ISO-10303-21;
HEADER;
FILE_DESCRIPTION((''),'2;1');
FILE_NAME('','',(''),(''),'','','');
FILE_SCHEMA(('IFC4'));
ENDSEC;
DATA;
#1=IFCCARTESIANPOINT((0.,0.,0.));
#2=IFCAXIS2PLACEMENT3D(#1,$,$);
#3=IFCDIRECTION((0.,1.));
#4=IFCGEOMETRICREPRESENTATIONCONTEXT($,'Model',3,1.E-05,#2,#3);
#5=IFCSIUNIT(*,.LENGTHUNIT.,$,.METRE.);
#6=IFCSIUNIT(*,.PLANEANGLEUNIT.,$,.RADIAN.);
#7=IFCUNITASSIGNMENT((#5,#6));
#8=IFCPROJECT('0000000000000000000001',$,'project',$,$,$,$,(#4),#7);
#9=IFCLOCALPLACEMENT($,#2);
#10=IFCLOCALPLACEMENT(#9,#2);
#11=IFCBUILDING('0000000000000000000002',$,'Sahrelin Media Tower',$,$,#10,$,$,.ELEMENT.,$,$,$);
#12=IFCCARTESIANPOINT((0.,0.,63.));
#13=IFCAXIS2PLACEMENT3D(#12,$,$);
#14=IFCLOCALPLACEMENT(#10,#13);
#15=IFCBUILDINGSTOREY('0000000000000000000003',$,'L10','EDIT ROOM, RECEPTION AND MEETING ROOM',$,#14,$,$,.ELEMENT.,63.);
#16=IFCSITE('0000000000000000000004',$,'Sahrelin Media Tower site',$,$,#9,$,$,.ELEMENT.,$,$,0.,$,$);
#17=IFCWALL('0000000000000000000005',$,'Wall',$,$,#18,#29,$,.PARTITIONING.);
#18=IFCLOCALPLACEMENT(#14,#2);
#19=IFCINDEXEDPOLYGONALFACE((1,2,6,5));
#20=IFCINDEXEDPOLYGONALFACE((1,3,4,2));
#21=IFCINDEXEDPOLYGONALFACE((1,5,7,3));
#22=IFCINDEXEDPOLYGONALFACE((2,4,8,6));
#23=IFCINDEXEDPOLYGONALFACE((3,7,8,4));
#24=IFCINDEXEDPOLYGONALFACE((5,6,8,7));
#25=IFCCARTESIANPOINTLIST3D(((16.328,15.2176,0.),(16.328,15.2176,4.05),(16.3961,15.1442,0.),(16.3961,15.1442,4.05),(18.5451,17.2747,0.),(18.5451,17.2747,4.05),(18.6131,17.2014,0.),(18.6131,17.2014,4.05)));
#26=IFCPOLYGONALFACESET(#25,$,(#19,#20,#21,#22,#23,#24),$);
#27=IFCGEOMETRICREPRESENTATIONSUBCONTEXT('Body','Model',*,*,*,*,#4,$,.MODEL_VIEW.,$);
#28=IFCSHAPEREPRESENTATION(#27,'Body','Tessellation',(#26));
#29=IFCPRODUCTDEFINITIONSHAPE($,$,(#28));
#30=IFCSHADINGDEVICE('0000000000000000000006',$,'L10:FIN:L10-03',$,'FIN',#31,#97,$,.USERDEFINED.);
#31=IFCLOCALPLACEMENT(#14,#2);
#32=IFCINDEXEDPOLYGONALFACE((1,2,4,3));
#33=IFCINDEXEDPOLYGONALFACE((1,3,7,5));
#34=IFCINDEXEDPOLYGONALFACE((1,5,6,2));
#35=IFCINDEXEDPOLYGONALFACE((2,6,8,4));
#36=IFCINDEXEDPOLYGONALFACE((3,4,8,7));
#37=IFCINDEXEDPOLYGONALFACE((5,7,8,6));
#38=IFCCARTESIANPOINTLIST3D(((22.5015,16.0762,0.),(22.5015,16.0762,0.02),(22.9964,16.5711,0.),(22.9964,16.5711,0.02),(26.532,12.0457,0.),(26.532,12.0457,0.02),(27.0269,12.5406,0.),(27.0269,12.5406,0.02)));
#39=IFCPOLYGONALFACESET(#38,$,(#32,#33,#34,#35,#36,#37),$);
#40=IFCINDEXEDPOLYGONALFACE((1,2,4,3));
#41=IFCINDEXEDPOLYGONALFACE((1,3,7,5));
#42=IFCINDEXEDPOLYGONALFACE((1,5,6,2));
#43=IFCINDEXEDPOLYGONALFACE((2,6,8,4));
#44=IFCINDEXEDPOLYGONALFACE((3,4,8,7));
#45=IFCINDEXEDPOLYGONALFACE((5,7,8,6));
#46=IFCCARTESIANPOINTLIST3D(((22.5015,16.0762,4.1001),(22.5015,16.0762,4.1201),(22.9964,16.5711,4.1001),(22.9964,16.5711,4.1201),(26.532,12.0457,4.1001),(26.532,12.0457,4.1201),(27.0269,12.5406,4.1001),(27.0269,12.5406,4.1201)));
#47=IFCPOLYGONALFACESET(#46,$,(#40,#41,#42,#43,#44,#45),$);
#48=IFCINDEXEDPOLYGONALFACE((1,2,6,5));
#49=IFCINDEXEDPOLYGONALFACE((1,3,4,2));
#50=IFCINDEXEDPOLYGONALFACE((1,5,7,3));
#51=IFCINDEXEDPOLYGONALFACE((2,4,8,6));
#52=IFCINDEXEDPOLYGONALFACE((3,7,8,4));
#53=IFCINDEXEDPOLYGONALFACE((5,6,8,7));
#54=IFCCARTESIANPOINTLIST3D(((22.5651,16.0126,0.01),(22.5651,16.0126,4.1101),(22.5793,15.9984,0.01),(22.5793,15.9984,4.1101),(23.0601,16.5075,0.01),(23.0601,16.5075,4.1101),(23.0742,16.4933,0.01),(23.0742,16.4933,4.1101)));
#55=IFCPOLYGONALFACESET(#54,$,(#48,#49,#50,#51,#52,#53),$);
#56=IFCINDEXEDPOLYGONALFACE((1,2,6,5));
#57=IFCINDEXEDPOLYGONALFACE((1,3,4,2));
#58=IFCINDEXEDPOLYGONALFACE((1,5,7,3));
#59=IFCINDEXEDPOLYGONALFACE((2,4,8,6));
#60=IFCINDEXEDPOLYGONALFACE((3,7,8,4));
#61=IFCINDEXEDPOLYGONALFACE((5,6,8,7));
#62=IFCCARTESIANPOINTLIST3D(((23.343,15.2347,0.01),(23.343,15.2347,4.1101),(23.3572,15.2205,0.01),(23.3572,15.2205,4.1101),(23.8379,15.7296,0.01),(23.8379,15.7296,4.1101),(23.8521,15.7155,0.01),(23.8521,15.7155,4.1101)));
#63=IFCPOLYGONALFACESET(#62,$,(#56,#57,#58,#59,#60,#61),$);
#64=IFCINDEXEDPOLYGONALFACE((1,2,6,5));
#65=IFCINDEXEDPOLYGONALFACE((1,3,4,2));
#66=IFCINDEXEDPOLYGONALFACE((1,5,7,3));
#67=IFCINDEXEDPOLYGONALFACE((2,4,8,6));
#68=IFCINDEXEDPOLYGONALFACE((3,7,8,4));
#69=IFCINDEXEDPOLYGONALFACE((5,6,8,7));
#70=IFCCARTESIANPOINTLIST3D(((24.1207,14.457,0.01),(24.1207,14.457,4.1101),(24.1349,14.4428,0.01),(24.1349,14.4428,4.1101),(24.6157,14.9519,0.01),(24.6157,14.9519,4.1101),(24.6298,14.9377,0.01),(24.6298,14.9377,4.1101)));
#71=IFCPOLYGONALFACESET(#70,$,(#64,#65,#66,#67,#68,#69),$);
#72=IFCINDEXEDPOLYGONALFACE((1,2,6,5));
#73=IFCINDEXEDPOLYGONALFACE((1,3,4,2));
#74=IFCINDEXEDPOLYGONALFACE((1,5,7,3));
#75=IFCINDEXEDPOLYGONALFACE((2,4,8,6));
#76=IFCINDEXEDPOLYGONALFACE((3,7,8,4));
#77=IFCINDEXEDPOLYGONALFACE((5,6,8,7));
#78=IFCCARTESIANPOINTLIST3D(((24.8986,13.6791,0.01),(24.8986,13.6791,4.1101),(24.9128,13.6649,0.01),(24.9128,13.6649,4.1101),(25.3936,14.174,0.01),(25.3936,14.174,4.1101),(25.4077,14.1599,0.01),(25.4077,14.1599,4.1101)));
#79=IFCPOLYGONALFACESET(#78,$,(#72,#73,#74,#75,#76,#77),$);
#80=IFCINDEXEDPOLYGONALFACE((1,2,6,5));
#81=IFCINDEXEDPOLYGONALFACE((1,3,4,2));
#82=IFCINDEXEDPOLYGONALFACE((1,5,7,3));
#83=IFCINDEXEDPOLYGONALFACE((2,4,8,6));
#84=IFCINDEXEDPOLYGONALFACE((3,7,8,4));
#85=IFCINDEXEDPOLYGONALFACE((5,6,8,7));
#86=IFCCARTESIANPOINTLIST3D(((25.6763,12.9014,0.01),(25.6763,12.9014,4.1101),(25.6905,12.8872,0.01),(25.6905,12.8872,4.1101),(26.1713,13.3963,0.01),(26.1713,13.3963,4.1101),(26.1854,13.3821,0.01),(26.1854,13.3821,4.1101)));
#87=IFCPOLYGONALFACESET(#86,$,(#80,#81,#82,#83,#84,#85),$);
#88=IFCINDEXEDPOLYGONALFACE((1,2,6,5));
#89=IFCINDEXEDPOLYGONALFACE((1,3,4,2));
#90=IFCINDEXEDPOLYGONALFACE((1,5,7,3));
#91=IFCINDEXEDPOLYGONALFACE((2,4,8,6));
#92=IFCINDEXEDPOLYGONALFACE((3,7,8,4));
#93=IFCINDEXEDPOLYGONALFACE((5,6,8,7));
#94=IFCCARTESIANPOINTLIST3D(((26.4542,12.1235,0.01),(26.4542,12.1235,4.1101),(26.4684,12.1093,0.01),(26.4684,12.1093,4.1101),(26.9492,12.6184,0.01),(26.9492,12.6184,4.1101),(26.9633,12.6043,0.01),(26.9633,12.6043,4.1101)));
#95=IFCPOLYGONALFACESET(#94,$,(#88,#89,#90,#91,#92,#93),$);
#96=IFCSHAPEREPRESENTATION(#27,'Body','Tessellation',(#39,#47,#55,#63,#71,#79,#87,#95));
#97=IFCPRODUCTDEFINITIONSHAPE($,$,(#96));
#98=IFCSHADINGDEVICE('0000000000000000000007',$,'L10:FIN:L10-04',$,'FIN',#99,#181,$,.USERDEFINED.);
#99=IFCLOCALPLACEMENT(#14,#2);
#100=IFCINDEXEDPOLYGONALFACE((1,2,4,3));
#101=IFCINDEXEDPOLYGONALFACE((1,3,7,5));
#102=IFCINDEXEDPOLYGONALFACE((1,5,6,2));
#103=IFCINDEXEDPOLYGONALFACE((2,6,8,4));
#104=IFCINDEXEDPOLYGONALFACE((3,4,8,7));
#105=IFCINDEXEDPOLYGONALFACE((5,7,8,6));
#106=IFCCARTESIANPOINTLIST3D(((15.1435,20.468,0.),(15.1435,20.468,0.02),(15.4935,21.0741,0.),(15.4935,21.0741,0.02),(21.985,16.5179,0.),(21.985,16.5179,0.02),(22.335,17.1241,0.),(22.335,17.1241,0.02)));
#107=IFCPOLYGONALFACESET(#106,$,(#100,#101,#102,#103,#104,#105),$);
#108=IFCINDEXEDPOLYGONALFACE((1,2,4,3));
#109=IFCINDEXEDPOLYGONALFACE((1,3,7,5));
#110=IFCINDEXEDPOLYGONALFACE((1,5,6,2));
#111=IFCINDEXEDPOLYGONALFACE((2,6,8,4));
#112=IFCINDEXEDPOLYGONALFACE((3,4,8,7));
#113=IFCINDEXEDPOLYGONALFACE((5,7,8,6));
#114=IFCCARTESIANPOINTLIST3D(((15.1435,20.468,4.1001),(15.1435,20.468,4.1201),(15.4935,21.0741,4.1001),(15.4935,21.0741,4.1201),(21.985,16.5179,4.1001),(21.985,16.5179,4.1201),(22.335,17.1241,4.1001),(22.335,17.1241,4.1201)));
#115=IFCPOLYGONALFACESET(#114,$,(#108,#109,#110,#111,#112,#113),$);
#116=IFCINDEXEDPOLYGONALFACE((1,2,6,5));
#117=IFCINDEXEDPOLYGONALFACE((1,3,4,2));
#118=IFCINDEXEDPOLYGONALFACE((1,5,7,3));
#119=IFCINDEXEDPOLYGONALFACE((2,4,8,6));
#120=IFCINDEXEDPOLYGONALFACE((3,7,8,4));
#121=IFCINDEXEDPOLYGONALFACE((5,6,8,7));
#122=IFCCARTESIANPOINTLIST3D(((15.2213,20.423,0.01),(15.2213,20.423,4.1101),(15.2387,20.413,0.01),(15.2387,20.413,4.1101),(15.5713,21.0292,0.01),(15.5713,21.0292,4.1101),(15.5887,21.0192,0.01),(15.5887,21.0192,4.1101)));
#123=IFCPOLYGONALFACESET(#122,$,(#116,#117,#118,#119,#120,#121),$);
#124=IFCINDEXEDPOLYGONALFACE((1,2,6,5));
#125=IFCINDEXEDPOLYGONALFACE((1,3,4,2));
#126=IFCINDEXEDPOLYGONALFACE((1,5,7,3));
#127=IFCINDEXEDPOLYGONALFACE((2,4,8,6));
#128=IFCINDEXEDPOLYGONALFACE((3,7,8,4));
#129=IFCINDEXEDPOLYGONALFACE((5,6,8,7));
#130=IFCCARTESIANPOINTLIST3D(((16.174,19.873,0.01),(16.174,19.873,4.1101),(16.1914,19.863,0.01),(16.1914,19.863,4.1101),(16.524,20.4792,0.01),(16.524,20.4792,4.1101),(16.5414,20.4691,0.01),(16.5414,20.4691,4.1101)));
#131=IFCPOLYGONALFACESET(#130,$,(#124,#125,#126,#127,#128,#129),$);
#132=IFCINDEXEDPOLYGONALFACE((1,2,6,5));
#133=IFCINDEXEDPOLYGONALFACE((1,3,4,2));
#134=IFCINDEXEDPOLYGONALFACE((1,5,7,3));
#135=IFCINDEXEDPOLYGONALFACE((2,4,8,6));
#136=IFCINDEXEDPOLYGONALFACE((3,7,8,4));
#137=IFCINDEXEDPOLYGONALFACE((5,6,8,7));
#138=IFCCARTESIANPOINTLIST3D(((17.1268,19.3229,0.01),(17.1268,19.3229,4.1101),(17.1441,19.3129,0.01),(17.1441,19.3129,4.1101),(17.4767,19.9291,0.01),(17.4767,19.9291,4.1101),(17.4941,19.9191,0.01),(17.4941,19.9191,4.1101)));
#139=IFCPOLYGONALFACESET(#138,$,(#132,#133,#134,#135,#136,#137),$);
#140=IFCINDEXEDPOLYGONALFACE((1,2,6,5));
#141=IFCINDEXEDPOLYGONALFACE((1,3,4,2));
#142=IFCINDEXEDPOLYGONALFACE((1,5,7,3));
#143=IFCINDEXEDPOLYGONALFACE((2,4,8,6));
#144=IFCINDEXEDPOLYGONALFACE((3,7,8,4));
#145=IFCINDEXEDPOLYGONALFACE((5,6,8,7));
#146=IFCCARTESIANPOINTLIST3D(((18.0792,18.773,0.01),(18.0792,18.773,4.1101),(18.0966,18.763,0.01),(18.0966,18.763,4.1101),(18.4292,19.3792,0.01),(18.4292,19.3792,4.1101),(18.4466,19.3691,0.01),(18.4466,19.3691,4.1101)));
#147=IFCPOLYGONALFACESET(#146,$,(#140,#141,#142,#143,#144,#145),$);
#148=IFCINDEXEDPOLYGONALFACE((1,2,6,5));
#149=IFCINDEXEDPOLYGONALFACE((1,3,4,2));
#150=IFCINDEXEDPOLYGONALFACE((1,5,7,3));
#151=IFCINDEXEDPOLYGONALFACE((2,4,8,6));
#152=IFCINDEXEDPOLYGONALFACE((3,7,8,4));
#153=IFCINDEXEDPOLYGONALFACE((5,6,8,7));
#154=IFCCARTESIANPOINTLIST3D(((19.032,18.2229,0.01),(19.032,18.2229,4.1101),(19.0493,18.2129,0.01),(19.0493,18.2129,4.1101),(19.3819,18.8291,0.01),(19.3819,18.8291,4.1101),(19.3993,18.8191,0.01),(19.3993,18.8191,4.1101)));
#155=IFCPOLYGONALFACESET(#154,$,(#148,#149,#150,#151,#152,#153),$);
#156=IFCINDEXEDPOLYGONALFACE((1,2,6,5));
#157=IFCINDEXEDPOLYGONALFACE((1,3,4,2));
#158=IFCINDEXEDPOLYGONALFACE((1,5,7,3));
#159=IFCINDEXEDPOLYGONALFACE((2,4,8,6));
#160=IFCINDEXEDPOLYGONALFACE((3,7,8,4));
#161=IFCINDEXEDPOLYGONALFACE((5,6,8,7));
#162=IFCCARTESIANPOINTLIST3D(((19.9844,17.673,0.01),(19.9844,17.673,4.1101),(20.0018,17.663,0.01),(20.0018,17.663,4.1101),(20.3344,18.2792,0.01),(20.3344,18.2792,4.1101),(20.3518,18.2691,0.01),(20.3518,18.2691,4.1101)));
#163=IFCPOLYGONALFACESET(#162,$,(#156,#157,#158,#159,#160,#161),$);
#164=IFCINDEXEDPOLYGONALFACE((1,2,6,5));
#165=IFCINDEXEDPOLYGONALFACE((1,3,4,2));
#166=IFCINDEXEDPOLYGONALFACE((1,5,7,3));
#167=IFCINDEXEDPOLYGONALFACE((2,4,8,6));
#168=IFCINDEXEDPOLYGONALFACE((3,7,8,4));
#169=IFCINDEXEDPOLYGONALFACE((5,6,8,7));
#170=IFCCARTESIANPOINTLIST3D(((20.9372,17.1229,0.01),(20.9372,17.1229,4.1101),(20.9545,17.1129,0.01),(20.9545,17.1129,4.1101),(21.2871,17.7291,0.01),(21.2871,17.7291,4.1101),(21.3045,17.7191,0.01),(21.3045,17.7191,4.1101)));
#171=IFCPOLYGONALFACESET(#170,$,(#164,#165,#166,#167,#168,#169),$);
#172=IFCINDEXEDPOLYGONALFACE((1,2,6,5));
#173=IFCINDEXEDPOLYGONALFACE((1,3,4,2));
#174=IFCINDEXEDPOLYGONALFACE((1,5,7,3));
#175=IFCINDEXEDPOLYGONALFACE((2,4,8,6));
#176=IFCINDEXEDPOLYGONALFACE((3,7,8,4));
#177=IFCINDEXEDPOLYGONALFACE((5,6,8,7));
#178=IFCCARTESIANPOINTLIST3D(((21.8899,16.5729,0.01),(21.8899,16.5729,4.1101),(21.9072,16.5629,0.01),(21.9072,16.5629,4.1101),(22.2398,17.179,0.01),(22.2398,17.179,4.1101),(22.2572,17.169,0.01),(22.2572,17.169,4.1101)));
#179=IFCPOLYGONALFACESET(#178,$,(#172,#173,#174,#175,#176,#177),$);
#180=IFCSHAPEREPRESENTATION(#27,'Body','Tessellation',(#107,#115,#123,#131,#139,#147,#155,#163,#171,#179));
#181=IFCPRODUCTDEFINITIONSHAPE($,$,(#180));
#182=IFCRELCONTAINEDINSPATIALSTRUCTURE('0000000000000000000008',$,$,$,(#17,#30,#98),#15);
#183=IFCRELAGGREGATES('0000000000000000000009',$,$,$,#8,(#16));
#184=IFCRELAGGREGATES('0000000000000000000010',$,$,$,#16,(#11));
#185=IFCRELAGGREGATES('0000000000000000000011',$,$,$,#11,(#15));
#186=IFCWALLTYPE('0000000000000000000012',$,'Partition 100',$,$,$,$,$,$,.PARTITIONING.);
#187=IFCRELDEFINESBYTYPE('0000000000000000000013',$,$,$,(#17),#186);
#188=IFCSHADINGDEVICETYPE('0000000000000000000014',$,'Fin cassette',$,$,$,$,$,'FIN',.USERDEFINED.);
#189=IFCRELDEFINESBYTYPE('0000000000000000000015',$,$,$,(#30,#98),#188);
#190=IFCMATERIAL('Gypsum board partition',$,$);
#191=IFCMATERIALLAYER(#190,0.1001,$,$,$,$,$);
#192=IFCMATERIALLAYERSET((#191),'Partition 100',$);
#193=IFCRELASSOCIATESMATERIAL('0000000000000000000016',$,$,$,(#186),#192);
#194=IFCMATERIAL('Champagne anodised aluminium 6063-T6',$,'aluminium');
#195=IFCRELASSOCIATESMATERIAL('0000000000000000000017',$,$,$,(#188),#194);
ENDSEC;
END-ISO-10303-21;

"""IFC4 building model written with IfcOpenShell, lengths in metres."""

from ifc_helpers import new_model, si_unit, direction, frame, frame_2d, origin, origin_2d, place, context, subcontext, project, spatial, rectangle, extrude, material, layer, layer_set, type_object, element, save


model = new_model("IFC4")

# Units and contexts
model_context = context("Model", 3, precision=1e-05, world=origin(), true_north=direction((0.0, 1.0)))
body_context = subcontext(model_context, "Body", "Model", "MODEL_VIEW")
ifc_project = project(units=[si_unit("LENGTHUNIT", "METRE"), si_unit("PLANEANGLEUNIT", "RADIAN")], contexts=[model_context])

# Site, building, storey
site_placement = place(None, origin())
site = spatial("IfcSite", under=ifc_project, at=site_placement, Name="Sahrelin Media Tower site", CompositionType="ELEMENT", RefElevation=0.0)
building_placement = place(site_placement, origin())
building = spatial("IfcBuilding", under=site, at=building_placement, Name="Sahrelin Media Tower", CompositionType="ELEMENT")
storey_placement = place(building_placement, frame((0.0, 0.0, 63.0)))
storey = spatial("IfcBuildingStorey", under=building, at=storey_placement, Name="L10", Description="EDIT ROOM, RECEPTION AND MEETING ROOM", CompositionType="ELEMENT", Elevation=63.0)

# Shared definitions
ifc_material_1 = material(Name="Champagne anodised aluminium 6063-T6", Category="aluminium")

# Shared definitions
ifc_material_2 = material(Name="Gypsum board partition")
ifc_layer_1 = layer(ifc_material_2, 0.1001)
ifc_layer_set_1 = layer_set([ifc_layer_1], Name="Partition 100")
wall_type_1 = type_object("IfcWallType", Name="Partition 100", PredefinedType="PARTITIONING", material=ifc_layer_set_1)

# Wall
wall_1_placement = place(storey_placement, frame((16.3621, 15.1809, 0.0), z_axis=(0.0, 0.0, 1.0), x_axis=(0.733049, 0.680175, 0.0)))
element("IfcWall", 1, at=wall_1_placement, inside=storey, type_object=wall_type_1, Name="Wall", PredefinedType="PARTITIONING", context=body_context, shape_type="SweptSolid", body=[
    extrude(rectangle(XDim=3.0244, YDim=0.1001, at=frame_2d((1.5122, 0.0))), origin(), (0.0, 0.0, 1.0), 4.05),
])

# Shading devices
shading_device_type_1 = type_object("IfcShadingDeviceType", Name="Fin cassette", ElementType="FIN", PredefinedType="USERDEFINED", material=ifc_material_1)
placement_1 = place(storey_placement, frame((24.4673, 14.0115, 0.0), z_axis=(0.0, 0.0, 1.0), x_axis=(0.707107, -0.707107, 0.0)))
element("IfcShadingDevice", 2, at=placement_1, inside=storey, type_object=shading_device_type_1, Name="L10:FIN:L10-03", ObjectType="FIN", PredefinedType="USERDEFINED", context=body_context, shape_type="SweptSolid", body=[
    extrude(rectangle(XDim=5.7, YDim=0.7, at=origin_2d()), frame((0.0, 0.4199, 0.0)), (0.0, 0.0, 1.0), 0.02),
    extrude(rectangle(XDim=5.7, YDim=0.7, at=origin_2d()), frame((0.0, 0.4199, 4.1001)), (0.0, 0.0, 1.0), 0.02),
    extrude(rectangle(XDim=0.02, YDim=0.7, at=origin_2d()), frame((-2.75, 0.4199, 0.01), z_axis=(0.0, 0.0, 1.0), x_axis=(1.0, 0.0, 0.0)), (0.0, 0.0, 1.0), 4.1001),
    extrude(rectangle(XDim=0.02, YDim=0.7, at=origin_2d()), frame((-1.6499, 0.4199, 0.01), z_axis=(0.0, 0.0, 1.0), x_axis=(1.0, 0.0, 0.0)), (0.0, 0.0, 1.0), 4.1001),
    extrude(rectangle(XDim=0.02, YDim=0.7, at=origin_2d()), frame((-0.55, 0.4199, 0.01), z_axis=(0.0, 0.0, 1.0), x_axis=(1.0, 0.0, 0.0)), (0.0, 0.0, 1.0), 4.1001),
    extrude(rectangle(XDim=0.02, YDim=0.7, at=origin_2d()), frame((0.55, 0.4199, 0.01), z_axis=(0.0, 0.0, 1.0), x_axis=(1.0, 0.0, 0.0)), (0.0, 0.0, 1.0), 4.1001),
    extrude(rectangle(XDim=0.02, YDim=0.7, at=origin_2d()), frame((1.6499, 0.4199, 0.01), z_axis=(0.0, 0.0, 1.0), x_axis=(1.0, 0.0, 0.0)), (0.0, 0.0, 1.0), 4.1001),
    extrude(rectangle(XDim=0.02, YDim=0.7, at=origin_2d()), frame((2.75, 0.4199, 0.01), z_axis=(0.0, 0.0, 1.0), x_axis=(1.0, 0.0, 0.0)), (0.0, 0.0, 1.0), 4.1001),
])
placement_2 = place(storey_placement, frame((18.5293, 18.4324, 0.0), z_axis=(0.0, 0.0, 1.0), x_axis=(0.866019, -0.500011, 0.0)))
element("IfcShadingDevice", 3, at=placement_2, inside=storey, type_object=shading_device_type_1, Name="L10:FIN:L10-04", ObjectType="FIN", PredefinedType="USERDEFINED", context=body_context, shape_type="SweptSolid", body=[
    extrude(rectangle(XDim=7.8999, YDim=0.7, at=origin_2d()), frame((0.0, 0.4199, 0.0)), (0.0, 0.0, 1.0), 0.02),
    extrude(rectangle(XDim=7.8999, YDim=0.7, at=origin_2d()), frame((0.0, 0.4199, 4.1001)), (0.0, 0.0, 1.0), 0.02),
    extrude(rectangle(XDim=0.02, YDim=0.7, at=origin_2d()), frame((-3.8501, 0.4199, 0.01), z_axis=(0.0, 0.0, 1.0), x_axis=(1.0, 0.0, 0.0)), (0.0, 0.0, 1.0), 4.1001),
    extrude(rectangle(XDim=0.02, YDim=0.7, at=origin_2d()), frame((-2.75, 0.4199, 0.01), z_axis=(0.0, 0.0, 1.0), x_axis=(1.0, 0.0, 0.0)), (0.0, 0.0, 1.0), 4.1001),
    extrude(rectangle(XDim=0.02, YDim=0.7, at=origin_2d()), frame((-1.6499, 0.4199, 0.01), z_axis=(0.0, 0.0, 1.0), x_axis=(1.0, 0.0, 0.0)), (0.0, 0.0, 1.0), 4.1001),
    extrude(rectangle(XDim=0.02, YDim=0.7, at=origin_2d()), frame((-0.55, 0.4199, 0.01), z_axis=(0.0, 0.0, 1.0), x_axis=(1.0, 0.0, 0.0)), (0.0, 0.0, 1.0), 4.1001),
    extrude(rectangle(XDim=0.02, YDim=0.7, at=origin_2d()), frame((0.55, 0.4199, 0.01), z_axis=(0.0, 0.0, 1.0), x_axis=(1.0, 0.0, 0.0)), (0.0, 0.0, 1.0), 4.1001),
    extrude(rectangle(XDim=0.02, YDim=0.7, at=origin_2d()), frame((1.6499, 0.4199, 0.01), z_axis=(0.0, 0.0, 1.0), x_axis=(1.0, 0.0, 0.0)), (0.0, 0.0, 1.0), 4.1001),
    extrude(rectangle(XDim=0.02, YDim=0.7, at=origin_2d()), frame((2.75, 0.4199, 0.01), z_axis=(0.0, 0.0, 1.0), x_axis=(1.0, 0.0, 0.0)), (0.0, 0.0, 1.0), 4.1001),
    extrude(rectangle(XDim=0.02, YDim=0.7, at=origin_2d()), frame((3.8501, 0.4199, 0.01), z_axis=(0.0, 0.0, 1.0), x_axis=(1.0, 0.0, 0.0)), (0.0, 0.0, 1.0), 4.1001),
])

save(model, "model.ifc")
